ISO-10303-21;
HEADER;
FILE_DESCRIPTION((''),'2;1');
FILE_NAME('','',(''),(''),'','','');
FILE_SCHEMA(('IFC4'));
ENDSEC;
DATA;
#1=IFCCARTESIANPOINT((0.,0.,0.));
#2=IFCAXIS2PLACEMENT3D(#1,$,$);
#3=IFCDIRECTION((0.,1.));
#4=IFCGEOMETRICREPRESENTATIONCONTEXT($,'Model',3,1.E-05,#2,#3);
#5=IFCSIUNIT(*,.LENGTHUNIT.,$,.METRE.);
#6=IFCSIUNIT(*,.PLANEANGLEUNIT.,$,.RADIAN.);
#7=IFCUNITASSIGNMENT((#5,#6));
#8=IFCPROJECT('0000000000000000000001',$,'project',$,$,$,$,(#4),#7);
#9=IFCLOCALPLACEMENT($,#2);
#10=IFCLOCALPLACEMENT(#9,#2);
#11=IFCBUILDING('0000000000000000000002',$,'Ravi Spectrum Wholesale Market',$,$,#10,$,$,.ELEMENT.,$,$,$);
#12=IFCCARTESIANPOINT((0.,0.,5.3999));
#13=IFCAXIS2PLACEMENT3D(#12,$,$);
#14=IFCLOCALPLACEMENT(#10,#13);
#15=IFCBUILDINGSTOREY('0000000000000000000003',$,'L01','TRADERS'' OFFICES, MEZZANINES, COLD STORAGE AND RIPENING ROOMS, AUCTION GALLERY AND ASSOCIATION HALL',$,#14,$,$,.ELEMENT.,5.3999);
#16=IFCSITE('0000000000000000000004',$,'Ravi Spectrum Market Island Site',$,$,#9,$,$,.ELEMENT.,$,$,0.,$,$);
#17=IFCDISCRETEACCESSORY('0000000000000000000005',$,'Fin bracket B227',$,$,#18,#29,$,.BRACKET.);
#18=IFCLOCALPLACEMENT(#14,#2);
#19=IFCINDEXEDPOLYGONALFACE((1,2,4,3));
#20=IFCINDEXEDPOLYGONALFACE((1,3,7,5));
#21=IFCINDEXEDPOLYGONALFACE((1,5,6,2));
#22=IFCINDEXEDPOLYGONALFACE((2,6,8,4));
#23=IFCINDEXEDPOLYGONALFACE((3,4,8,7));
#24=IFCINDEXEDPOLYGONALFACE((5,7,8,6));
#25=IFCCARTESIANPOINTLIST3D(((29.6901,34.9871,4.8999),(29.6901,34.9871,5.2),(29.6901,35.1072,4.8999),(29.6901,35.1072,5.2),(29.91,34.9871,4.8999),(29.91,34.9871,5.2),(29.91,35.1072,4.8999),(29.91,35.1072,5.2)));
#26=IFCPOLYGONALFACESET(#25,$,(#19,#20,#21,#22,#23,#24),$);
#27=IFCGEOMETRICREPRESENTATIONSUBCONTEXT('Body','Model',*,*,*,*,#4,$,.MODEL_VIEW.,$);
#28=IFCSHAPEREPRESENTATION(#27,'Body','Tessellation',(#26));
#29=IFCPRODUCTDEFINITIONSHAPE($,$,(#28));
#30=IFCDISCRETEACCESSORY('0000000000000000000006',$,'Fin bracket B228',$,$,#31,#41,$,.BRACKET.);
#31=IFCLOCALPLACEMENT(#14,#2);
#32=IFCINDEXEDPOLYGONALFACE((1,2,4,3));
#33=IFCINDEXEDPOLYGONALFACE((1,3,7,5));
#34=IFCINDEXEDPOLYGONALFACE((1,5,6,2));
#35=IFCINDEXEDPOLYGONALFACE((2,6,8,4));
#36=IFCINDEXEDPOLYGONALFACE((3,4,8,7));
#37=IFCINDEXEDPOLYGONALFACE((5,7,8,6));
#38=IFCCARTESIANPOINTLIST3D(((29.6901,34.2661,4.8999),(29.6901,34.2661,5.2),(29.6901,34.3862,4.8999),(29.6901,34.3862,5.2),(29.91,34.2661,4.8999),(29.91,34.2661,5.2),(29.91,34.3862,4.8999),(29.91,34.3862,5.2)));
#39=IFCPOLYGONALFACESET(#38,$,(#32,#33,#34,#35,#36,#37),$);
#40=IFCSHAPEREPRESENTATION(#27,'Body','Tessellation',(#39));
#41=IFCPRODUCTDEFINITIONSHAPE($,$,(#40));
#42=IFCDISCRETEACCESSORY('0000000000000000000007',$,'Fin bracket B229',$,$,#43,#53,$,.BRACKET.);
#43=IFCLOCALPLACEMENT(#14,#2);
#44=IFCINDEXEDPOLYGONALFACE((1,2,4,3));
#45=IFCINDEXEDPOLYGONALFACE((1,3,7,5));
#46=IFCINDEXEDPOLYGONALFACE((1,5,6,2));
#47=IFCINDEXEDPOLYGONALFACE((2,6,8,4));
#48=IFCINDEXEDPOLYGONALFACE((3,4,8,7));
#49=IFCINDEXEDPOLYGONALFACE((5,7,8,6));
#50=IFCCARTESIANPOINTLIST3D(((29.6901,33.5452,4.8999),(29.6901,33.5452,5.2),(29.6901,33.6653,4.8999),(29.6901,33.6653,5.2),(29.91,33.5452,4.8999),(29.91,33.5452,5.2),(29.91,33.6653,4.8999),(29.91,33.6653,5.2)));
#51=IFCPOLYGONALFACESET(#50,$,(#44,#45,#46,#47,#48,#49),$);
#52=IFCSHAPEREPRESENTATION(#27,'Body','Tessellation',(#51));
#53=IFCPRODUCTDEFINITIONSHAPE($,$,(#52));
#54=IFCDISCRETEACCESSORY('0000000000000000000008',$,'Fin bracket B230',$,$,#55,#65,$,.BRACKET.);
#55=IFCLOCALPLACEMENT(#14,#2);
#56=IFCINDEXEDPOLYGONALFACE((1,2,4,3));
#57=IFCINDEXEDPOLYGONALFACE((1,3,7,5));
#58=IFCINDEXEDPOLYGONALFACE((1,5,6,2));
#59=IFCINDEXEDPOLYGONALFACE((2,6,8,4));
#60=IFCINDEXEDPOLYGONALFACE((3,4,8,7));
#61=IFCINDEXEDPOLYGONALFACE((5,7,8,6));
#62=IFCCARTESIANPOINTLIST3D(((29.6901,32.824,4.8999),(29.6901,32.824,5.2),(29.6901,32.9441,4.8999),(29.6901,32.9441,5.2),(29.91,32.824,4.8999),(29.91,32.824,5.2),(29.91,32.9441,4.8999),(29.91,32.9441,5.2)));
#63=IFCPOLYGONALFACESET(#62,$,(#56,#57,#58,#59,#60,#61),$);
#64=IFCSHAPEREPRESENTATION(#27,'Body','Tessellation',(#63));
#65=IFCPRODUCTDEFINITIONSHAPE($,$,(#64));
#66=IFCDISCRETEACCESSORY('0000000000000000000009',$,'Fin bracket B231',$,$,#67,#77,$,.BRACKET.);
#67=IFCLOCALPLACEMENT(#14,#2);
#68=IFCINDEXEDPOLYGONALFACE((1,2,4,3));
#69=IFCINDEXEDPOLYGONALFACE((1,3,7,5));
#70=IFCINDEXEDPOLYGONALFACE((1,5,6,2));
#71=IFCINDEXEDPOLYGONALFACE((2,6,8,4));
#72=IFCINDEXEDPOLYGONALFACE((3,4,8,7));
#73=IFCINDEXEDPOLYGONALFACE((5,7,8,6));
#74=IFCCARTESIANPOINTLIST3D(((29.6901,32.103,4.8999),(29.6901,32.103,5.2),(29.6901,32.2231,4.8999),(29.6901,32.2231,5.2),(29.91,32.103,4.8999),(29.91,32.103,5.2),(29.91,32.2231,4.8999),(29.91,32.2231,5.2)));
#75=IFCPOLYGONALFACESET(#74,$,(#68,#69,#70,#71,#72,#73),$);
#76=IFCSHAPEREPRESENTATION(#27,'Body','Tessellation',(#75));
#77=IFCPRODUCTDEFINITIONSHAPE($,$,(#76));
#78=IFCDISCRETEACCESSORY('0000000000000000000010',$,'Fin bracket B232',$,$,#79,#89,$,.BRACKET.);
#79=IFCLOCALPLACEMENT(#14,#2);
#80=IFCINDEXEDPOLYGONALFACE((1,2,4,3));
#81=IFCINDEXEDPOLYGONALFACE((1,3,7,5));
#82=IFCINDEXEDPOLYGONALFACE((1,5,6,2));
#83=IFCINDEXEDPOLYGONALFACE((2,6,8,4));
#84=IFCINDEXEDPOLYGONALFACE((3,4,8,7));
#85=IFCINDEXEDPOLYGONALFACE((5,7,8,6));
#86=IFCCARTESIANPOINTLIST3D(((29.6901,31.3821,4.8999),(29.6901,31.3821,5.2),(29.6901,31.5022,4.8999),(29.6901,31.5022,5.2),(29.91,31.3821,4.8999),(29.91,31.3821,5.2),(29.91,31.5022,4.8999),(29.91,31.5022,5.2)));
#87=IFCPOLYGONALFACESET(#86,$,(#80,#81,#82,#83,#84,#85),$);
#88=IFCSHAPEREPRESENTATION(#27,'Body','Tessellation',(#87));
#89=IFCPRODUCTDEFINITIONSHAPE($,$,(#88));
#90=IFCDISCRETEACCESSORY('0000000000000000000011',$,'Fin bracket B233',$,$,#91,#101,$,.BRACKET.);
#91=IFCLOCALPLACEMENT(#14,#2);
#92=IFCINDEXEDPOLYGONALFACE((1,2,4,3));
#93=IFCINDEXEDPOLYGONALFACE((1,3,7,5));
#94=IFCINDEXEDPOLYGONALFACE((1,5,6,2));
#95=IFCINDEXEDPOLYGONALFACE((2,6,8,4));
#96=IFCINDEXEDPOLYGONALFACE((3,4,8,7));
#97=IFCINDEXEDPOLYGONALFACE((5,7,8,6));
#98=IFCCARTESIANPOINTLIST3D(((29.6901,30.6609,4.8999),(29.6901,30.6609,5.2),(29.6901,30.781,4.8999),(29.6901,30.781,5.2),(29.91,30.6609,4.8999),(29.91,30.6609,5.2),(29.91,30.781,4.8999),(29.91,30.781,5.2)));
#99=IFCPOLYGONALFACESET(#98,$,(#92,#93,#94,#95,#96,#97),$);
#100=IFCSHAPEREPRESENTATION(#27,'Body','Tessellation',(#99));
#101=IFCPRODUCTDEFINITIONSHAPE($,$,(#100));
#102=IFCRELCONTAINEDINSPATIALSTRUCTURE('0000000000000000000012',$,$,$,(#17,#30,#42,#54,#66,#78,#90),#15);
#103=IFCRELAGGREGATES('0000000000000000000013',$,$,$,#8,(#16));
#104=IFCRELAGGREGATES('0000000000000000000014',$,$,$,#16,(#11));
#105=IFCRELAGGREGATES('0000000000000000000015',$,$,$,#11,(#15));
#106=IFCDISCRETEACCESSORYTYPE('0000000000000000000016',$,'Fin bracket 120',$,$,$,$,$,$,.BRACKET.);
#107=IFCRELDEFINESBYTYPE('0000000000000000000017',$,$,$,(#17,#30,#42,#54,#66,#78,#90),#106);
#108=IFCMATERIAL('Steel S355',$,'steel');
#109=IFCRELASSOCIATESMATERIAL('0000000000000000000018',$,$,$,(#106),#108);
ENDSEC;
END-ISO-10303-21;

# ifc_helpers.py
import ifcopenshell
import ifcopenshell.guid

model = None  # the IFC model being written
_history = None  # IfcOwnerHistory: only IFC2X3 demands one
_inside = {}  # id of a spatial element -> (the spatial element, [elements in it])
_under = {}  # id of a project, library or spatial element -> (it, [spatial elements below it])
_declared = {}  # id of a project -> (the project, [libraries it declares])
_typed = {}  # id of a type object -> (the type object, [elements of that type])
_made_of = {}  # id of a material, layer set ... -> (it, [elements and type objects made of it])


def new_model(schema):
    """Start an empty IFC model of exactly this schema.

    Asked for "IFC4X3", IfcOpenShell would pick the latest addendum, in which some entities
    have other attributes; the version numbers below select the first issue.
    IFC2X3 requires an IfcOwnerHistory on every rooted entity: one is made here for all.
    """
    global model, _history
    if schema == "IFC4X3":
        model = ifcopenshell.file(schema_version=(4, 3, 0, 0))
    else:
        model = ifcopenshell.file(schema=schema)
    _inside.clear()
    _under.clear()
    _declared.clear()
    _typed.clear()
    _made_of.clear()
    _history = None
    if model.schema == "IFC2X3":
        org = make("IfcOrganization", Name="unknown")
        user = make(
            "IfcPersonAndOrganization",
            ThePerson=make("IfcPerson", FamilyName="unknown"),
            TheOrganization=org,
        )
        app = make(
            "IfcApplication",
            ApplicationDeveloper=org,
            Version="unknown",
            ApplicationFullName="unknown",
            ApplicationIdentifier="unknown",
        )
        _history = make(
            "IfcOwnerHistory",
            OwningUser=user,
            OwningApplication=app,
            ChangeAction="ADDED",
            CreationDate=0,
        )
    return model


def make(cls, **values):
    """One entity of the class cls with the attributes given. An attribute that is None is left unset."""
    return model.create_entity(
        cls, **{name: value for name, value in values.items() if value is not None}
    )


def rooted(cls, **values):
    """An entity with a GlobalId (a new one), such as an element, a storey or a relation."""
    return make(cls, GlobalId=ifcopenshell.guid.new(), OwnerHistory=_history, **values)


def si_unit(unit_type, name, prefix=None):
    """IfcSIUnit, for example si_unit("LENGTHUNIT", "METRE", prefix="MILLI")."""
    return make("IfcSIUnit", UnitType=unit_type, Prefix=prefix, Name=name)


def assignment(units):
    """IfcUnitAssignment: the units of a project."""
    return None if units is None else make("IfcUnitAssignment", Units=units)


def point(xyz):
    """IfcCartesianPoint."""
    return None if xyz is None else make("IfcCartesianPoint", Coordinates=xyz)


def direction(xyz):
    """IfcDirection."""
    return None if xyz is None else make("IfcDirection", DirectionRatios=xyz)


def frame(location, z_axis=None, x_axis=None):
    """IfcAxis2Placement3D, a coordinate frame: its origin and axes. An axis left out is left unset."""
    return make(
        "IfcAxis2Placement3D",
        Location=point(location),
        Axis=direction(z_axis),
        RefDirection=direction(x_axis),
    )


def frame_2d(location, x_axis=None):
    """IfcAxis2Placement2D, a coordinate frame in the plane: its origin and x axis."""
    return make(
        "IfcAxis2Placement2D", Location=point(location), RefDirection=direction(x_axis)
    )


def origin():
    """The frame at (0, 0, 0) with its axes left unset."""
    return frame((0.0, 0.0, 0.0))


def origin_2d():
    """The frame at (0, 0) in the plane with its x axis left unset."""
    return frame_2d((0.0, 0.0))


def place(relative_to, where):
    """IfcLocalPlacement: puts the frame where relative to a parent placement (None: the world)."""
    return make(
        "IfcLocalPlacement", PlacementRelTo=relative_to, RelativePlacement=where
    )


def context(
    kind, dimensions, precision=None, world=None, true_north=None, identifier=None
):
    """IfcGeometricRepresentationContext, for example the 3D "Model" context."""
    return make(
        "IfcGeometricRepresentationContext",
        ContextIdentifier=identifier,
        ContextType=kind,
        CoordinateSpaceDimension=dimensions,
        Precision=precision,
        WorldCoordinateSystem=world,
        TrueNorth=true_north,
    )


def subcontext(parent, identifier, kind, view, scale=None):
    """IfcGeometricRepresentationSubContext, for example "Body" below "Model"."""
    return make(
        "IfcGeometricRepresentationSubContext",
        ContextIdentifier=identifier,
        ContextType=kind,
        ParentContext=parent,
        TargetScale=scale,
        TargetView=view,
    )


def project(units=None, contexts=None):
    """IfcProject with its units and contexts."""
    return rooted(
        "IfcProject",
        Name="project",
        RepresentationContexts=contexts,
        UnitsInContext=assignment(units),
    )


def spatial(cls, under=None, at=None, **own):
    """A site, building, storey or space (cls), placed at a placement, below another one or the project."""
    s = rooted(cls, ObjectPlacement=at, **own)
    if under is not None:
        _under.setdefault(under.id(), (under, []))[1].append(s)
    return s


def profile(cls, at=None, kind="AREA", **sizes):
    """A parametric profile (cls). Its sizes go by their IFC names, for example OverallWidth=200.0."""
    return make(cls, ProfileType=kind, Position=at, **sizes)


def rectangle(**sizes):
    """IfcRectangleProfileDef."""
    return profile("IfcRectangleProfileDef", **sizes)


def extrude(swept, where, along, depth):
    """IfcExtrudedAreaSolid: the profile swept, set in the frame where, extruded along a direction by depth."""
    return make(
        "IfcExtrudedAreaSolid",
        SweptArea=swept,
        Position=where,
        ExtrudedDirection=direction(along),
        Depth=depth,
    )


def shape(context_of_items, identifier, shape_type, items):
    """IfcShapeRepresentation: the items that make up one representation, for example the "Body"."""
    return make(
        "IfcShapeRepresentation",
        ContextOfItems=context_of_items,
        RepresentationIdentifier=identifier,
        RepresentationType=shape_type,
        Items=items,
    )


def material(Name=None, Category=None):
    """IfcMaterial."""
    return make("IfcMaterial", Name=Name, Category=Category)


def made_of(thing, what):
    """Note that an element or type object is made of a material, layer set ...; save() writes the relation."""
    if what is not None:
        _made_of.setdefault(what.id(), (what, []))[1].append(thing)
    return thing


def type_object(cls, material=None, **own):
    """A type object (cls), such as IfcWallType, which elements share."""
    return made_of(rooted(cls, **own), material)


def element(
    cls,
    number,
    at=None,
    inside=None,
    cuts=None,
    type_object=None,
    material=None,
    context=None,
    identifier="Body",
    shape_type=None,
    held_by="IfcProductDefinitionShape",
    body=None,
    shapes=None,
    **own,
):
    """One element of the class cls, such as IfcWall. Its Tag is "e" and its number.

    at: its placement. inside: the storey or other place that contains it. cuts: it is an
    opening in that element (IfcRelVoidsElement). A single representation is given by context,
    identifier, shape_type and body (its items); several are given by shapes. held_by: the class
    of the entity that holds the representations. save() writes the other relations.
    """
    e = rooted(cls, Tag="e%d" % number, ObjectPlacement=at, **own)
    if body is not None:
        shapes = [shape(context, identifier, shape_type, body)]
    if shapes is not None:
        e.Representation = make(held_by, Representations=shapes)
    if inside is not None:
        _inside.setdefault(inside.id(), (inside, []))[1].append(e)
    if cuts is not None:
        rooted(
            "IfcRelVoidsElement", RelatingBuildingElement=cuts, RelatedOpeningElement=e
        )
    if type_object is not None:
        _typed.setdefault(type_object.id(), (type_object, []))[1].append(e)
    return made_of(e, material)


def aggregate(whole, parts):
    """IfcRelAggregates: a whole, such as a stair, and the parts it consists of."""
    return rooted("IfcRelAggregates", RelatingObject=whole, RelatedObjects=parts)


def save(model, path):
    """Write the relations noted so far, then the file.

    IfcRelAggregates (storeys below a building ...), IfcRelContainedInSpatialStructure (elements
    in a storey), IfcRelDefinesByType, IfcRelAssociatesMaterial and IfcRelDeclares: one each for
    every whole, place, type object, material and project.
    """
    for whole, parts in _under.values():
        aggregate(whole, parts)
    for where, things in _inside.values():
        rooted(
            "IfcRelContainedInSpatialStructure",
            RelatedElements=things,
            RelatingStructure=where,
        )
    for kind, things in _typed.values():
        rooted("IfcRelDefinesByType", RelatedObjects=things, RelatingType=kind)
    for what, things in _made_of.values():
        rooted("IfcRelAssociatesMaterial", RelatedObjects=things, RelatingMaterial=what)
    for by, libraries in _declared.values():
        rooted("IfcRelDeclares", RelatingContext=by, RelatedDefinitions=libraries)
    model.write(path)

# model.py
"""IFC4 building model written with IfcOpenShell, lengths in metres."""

from ifc_helpers import new_model, si_unit, direction, frame, origin, origin_2d, place, context, subcontext, project, spatial, rectangle, extrude, material, type_object, element, save


model = new_model("IFC4")

# Units and contexts
model_context = context("Model", 3, precision=1e-05, world=origin(), true_north=direction((0.0, 1.0)))
body_context = subcontext(model_context, "Body", "Model", "MODEL_VIEW")
ifc_project = project(units=[si_unit("LENGTHUNIT", "METRE"), si_unit("PLANEANGLEUNIT", "RADIAN")], contexts=[model_context])

# Site, building, storey
site_placement = place(None, origin())
site = spatial("IfcSite", under=ifc_project, at=site_placement, Name="Ravi Spectrum Market Island Site", CompositionType="ELEMENT", RefElevation=0.0)
building_placement = place(site_placement, origin())
building = spatial("IfcBuilding", under=site, at=building_placement, Name="Ravi Spectrum Wholesale Market", CompositionType="ELEMENT")
storey_placement = place(building_placement, frame((0.0, 0.0, 5.3999)))
storey = spatial("IfcBuildingStorey", under=building, at=storey_placement, Name="L01", Description="TRADERS' OFFICES, MEZZANINES, COLD STORAGE AND RIPENING ROOMS, AUCTION GALLERY AND ASSOCIATION HALL", CompositionType="ELEMENT", Elevation=5.3999)

# Discrete accessories
ifc_material_1 = material(Name="Steel S355", Category="steel")
discrete_accessory_type = type_object("IfcDiscreteAccessoryType", Name="Fin bracket 120", PredefinedType="BRACKET", material=ifc_material_1)
for number, where, z_axis, x_axis, name in (
    (1, (29.8, 35.0471, 4.8999), (0.0, 0.0, 1.0), (0.0, -1.0, 0.0), "Fin bracket B227"),
    (2, (29.8, 34.3262, 4.8999), (0.0, 0.0, 1.0), (0.0, -1.0, 0.0), "Fin bracket B228"),
    (3, (29.8, 33.6052, 4.8999), (0.0, 0.0, 1.0), (0.0, -1.0, 0.0), "Fin bracket B229"),
    (4, (29.8, 32.884, 4.8999), (0.0, 0.0, 1.0), (0.0, -1.0, 0.0), "Fin bracket B230"),
    (5, (29.8, 32.1631, 4.8999), (0.0, 0.0, 1.0), (0.0, -1.0, 0.0), "Fin bracket B231"),
    (6, (29.8, 31.4421, 4.8999), (0.0, 0.0, 1.0), (0.0, -1.0, 0.0), "Fin bracket B232"),
    (7, (29.8, 30.7209, 4.8999), (0.0, 0.0, 1.0), (0.0, -1.0, 0.0), "Fin bracket B233"),
):
    element("IfcDiscreteAccessory", number, at=place(storey_placement, frame(where, z_axis=z_axis, x_axis=x_axis)), inside=storey, type_object=discrete_accessory_type, Name=name, PredefinedType="BRACKET", context=body_context, shape_type="SweptSolid", body=[
        extrude(rectangle(XDim=0.1201, YDim=0.22, at=origin_2d()), origin(), (0.0, 0.0, 1.0), 0.3),
    ])

save(model, "model.ifc")
